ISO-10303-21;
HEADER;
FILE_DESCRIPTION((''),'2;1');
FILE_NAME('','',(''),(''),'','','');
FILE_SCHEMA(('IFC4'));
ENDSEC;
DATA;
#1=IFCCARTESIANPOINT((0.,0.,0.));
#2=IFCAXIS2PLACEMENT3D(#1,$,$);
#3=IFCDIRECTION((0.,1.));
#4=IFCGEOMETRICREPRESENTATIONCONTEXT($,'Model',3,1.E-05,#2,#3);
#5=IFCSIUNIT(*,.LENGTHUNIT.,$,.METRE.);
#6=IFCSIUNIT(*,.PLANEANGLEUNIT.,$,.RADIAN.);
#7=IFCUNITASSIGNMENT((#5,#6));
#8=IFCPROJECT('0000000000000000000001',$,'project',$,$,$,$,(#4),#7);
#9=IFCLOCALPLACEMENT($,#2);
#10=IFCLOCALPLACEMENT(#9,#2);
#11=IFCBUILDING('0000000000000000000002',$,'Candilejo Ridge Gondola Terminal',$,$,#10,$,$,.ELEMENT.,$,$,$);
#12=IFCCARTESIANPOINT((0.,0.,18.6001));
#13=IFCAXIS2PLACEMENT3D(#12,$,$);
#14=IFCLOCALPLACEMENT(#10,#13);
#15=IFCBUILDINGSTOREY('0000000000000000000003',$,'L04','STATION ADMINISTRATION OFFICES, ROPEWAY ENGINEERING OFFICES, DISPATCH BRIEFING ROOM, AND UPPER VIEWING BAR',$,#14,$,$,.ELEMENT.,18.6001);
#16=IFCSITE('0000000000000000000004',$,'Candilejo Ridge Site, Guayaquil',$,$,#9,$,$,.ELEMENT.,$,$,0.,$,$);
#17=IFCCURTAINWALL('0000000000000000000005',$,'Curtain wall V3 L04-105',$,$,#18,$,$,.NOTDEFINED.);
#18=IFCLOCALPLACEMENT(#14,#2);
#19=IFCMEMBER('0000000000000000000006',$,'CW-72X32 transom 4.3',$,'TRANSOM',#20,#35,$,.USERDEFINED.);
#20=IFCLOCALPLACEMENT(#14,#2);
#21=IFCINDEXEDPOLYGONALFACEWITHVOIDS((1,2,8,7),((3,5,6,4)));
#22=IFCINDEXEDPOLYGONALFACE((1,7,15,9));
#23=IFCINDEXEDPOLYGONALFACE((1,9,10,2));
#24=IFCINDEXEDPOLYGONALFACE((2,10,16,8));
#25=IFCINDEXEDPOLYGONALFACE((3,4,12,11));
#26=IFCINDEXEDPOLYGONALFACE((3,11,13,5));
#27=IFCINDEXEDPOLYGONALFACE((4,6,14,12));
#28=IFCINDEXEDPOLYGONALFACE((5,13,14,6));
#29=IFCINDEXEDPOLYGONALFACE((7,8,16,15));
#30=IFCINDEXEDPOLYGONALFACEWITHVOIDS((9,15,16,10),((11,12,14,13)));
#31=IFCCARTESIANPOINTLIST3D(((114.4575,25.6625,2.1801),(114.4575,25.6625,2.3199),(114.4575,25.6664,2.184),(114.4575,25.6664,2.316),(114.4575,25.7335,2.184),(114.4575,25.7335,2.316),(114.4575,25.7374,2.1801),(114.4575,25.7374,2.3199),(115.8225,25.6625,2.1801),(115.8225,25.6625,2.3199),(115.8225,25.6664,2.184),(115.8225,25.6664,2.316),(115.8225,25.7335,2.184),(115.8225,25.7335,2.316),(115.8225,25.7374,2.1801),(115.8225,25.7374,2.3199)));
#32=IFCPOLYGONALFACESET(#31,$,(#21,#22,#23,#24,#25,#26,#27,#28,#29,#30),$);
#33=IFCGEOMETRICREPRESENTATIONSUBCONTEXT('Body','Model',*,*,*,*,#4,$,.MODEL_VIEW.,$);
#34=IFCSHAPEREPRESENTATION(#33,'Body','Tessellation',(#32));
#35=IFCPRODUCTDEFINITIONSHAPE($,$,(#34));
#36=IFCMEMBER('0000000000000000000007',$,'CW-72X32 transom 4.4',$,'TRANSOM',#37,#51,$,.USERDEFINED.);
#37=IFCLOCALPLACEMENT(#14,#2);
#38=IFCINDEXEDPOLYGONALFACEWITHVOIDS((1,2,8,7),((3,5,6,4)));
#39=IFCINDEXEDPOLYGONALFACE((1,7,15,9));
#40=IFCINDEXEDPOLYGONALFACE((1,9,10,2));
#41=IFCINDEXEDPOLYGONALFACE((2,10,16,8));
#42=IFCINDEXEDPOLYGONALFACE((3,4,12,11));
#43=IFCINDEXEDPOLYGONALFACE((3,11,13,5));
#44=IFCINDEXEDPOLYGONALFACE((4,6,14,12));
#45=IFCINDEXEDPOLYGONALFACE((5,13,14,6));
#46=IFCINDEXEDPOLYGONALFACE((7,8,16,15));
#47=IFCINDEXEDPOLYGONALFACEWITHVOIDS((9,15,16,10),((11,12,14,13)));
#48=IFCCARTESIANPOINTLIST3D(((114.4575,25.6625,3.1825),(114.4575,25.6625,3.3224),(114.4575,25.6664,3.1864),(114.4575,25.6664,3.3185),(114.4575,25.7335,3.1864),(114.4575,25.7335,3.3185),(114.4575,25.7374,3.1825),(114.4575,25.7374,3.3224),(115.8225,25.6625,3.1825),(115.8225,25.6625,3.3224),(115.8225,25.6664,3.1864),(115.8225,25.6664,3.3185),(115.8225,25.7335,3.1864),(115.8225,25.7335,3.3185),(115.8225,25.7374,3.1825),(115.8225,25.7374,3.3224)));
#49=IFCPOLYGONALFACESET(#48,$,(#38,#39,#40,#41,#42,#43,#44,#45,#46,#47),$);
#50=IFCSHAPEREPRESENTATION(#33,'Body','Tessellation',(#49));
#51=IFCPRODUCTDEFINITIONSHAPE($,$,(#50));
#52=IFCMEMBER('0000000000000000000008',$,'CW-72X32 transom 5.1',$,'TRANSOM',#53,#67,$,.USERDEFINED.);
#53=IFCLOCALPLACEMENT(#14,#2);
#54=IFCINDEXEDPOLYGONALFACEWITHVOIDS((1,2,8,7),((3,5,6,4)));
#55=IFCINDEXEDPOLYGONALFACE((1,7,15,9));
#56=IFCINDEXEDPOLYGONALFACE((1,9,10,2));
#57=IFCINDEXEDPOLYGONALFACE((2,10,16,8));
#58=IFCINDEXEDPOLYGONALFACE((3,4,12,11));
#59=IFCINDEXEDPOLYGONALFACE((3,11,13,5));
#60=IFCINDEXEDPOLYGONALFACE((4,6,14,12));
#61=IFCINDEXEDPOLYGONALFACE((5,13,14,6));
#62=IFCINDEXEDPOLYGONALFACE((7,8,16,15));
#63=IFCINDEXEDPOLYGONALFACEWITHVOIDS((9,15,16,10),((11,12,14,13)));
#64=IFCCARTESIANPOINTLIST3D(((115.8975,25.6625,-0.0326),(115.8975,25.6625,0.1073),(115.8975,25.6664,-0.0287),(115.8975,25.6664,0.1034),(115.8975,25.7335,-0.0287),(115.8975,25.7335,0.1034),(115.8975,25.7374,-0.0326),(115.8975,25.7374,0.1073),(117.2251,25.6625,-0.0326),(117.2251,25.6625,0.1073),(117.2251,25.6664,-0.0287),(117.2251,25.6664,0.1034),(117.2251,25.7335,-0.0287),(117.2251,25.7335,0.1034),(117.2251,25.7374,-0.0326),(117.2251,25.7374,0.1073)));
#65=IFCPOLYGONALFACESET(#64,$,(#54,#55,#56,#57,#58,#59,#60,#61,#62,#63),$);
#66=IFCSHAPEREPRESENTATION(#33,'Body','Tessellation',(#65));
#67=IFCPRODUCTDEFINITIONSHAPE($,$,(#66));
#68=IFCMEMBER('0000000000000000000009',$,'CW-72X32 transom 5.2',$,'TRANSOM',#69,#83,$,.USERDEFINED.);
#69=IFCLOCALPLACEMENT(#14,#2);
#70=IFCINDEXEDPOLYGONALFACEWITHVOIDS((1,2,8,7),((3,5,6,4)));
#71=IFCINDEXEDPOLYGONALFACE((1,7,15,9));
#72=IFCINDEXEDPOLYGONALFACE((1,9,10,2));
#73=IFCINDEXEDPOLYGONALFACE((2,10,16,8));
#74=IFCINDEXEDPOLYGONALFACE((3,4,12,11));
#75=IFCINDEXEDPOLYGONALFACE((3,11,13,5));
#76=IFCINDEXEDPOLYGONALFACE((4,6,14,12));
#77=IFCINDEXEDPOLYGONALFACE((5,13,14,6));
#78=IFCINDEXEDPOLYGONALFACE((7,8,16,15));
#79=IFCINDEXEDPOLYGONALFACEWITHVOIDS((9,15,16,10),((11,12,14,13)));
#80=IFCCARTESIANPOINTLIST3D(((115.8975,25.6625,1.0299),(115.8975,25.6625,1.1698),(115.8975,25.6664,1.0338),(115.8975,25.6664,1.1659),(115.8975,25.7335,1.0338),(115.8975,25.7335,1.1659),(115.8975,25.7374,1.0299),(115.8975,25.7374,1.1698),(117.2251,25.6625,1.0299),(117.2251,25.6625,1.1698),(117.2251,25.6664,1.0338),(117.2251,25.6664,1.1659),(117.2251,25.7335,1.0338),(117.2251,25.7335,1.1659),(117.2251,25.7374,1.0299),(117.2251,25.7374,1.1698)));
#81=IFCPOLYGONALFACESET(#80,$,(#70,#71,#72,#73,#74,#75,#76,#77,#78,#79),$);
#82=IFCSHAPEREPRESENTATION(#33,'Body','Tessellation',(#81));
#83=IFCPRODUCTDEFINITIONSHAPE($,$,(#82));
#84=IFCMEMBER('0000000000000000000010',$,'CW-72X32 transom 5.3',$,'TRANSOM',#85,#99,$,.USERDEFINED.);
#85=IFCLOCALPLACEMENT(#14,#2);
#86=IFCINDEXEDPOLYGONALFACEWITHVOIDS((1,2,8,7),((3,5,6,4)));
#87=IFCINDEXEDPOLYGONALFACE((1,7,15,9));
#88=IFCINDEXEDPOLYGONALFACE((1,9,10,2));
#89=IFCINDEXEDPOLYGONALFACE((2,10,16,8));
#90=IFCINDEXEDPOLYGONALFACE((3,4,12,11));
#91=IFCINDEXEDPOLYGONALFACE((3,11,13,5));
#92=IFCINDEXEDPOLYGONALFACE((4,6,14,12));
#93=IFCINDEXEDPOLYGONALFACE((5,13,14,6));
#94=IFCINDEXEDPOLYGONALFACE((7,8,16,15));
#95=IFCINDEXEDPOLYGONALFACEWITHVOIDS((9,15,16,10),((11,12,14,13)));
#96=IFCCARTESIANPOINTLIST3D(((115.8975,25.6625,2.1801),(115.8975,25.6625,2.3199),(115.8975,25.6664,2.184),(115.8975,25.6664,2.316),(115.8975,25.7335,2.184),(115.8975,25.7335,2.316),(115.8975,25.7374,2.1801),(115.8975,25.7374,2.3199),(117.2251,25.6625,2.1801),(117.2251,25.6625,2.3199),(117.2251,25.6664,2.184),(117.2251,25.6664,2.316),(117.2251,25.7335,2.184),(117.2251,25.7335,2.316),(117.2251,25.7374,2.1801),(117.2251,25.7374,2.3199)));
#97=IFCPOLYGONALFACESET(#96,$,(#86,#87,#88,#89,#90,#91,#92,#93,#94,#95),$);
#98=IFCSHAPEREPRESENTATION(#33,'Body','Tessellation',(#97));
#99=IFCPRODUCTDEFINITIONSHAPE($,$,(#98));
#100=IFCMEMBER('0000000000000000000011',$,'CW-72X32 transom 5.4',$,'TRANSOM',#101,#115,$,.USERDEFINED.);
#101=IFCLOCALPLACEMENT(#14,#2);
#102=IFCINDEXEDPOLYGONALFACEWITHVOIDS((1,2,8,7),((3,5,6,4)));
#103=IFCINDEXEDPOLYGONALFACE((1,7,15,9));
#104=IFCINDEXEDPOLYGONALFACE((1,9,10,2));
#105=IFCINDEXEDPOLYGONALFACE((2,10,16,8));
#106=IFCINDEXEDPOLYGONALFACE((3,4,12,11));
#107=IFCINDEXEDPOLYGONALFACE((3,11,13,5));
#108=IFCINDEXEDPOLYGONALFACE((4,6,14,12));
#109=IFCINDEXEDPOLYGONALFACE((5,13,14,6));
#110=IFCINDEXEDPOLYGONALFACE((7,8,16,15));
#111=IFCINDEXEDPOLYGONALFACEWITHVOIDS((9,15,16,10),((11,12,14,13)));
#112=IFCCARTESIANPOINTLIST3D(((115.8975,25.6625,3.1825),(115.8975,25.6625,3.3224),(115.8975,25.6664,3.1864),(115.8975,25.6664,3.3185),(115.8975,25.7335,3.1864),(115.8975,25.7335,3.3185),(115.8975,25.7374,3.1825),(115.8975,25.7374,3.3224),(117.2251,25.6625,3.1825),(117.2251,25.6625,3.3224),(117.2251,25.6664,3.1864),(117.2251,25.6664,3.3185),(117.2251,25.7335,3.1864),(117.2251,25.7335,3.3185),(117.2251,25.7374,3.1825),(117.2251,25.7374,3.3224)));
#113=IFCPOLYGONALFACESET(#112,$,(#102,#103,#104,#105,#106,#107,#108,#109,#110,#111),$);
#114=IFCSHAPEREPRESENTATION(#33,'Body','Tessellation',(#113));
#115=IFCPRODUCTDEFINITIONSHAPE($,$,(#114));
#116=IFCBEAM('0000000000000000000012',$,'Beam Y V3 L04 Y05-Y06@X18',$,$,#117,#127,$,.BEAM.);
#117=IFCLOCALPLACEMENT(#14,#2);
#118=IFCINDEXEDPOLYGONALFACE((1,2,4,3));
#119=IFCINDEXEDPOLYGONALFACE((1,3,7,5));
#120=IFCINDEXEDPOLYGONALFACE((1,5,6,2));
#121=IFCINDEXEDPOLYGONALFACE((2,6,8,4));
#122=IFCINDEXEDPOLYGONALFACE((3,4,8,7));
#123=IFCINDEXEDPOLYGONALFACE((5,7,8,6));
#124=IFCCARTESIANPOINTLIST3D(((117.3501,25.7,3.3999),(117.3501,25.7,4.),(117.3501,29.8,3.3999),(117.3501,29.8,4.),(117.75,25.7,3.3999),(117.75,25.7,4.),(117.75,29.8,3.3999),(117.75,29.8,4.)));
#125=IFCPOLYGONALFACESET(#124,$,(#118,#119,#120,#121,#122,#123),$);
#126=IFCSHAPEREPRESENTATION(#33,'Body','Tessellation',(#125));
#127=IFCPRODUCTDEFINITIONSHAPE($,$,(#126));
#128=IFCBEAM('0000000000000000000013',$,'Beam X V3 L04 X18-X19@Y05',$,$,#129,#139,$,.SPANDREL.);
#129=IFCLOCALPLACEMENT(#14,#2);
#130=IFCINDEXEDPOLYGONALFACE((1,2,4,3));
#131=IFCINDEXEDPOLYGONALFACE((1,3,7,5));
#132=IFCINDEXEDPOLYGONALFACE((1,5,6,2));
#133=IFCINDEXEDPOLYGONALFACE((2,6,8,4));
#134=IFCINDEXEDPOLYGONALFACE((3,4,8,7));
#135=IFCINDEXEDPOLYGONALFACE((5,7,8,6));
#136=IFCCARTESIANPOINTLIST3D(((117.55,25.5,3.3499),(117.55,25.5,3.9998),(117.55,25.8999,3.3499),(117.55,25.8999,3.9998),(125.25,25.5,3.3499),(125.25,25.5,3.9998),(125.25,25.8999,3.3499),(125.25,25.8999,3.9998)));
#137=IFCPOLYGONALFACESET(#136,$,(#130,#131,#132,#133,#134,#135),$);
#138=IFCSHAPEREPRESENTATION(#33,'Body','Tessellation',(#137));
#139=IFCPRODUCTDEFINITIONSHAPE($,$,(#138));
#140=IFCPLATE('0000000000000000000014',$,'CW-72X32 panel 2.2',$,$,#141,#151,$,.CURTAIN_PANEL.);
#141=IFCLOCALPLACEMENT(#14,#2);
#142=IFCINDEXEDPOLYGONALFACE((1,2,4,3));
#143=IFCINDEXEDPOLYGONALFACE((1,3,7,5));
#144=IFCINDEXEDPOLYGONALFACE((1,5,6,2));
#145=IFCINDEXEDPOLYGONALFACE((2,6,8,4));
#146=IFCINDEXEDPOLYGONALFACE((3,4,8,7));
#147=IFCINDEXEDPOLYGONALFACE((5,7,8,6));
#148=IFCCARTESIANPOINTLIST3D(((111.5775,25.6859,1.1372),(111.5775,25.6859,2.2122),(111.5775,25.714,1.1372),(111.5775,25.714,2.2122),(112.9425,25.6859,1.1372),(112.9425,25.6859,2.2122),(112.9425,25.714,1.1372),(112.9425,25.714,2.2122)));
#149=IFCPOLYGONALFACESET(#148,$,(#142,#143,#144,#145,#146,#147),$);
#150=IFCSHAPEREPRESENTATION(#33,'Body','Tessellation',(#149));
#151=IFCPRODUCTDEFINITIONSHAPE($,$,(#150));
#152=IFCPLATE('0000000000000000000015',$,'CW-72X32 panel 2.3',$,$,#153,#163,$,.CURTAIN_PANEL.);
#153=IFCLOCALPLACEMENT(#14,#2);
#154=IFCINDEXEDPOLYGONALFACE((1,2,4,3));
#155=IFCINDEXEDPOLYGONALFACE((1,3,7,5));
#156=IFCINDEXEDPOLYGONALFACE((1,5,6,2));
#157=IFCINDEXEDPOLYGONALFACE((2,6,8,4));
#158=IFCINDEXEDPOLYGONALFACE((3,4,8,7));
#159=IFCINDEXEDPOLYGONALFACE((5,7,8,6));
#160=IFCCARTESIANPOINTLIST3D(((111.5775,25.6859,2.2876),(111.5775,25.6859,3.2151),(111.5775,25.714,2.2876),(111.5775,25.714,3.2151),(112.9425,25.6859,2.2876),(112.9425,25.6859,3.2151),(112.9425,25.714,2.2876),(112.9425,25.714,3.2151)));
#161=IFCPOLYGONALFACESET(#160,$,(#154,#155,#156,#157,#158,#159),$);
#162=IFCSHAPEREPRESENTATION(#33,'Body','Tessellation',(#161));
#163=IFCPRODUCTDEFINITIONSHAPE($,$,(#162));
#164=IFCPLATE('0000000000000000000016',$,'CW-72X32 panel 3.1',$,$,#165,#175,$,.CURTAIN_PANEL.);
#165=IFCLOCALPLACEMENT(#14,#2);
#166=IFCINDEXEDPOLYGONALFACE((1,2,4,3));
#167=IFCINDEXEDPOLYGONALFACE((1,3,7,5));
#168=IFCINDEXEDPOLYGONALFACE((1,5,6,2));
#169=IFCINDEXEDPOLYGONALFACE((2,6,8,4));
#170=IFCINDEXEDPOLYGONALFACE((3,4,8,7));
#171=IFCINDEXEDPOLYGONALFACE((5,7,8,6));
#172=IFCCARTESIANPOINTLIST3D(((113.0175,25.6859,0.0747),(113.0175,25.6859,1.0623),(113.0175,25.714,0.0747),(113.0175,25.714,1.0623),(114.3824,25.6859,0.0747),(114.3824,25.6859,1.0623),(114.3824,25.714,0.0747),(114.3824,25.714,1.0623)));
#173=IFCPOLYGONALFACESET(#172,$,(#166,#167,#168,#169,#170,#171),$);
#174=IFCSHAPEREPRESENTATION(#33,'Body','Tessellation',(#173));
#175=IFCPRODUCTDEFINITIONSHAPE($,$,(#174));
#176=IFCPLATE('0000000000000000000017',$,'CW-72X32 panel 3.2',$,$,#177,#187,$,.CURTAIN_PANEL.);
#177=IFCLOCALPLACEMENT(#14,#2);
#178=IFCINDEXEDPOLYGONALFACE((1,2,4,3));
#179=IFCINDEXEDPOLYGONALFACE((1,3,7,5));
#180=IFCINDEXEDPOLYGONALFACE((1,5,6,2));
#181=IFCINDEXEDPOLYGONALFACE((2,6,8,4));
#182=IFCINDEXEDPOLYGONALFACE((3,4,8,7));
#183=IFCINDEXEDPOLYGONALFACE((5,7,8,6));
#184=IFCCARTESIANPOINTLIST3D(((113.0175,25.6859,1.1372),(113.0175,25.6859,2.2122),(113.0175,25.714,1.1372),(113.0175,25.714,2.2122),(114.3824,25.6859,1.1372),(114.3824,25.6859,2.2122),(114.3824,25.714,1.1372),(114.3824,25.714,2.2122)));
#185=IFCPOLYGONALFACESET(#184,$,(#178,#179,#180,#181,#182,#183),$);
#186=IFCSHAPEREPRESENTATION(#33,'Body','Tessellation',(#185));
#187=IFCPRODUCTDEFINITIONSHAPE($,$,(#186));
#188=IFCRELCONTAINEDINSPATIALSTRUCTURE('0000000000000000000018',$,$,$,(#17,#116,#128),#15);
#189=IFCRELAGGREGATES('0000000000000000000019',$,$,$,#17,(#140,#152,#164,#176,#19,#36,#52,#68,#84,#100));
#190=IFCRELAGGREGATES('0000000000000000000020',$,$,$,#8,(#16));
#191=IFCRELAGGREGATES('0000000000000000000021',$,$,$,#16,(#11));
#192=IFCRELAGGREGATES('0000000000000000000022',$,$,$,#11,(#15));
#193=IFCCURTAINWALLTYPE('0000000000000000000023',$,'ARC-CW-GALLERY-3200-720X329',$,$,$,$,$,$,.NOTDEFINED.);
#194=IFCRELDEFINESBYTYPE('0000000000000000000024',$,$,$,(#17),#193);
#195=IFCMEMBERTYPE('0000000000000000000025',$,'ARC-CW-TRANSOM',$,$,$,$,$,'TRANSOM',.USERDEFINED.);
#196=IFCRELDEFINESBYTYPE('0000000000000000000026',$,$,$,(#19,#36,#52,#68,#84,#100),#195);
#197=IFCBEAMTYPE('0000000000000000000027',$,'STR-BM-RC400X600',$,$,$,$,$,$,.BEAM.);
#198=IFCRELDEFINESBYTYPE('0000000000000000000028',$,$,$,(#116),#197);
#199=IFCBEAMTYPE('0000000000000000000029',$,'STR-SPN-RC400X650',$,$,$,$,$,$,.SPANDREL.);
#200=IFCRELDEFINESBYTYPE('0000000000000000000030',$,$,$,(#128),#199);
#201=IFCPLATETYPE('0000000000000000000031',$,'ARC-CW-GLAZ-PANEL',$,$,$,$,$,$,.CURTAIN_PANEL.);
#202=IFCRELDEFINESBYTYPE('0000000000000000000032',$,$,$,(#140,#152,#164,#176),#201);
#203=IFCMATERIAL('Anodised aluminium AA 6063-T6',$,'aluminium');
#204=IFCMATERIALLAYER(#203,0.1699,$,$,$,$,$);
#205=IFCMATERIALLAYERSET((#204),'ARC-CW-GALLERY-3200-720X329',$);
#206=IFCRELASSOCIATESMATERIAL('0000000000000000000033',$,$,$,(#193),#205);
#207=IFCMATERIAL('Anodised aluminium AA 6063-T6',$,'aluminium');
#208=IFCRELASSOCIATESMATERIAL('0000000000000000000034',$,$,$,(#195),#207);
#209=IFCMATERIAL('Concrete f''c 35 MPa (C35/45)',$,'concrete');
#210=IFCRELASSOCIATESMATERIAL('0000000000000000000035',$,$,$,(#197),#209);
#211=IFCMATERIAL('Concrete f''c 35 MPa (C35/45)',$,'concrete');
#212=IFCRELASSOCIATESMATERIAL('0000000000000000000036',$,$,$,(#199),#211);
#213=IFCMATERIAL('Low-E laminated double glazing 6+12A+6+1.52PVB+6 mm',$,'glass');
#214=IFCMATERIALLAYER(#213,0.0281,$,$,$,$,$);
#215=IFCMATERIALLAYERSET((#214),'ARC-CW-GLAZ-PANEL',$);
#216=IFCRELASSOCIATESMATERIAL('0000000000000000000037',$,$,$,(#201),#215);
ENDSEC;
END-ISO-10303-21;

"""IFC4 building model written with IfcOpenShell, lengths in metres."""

from ifc_helpers import new_model, si_unit, direction, frame, origin, origin_2d, place, context, subcontext, project, spatial, rectangle, hollow_rectangle, extrude, material, layer, layer_set, material_profile, profile_set, type_object, element, aggregate, save


model = new_model("IFC4")

# Units and contexts
model_context = context("Model", 3, precision=1e-05, world=origin(), true_north=direction((0.0, 1.0)))
body_context = subcontext(model_context, "Body", "Model", "MODEL_VIEW")
ifc_project = project(units=[si_unit("LENGTHUNIT", "METRE"), si_unit("PLANEANGLEUNIT", "RADIAN")], contexts=[model_context])

# Site, building, storey
site_placement = place(None, origin())
site = spatial("IfcSite", under=ifc_project, at=site_placement, Name="Candilejo Ridge Site, Guayaquil", CompositionType="ELEMENT", RefElevation=0.0)
building_placement = place(site_placement, origin())
building = spatial("IfcBuilding", under=site, at=building_placement, Name="Candilejo Ridge Gondola Terminal", CompositionType="ELEMENT")
storey_placement = place(building_placement, frame((0.0, 0.0, 18.6001)))
storey = spatial("IfcBuildingStorey", under=building, at=storey_placement, Name="L04", Description="STATION ADMINISTRATION OFFICES, ROPEWAY ENGINEERING OFFICES, DISPATCH BRIEFING ROOM, AND UPPER VIEWING BAR", CompositionType="ELEMENT", Elevation=18.6001)

# Curtain wall, members
ifc_material_1 = material(Name="Anodised aluminium AA 6063-T6", Category="aluminium")
ifc_layer_1 = layer(ifc_material_1, 0.1699)
ifc_layer_set_1 = layer_set([ifc_layer_1], Name="ARC-CW-GALLERY-3200-720X329")
curtain_wall_type = type_object("IfcCurtainWallType", Name="ARC-CW-GALLERY-3200-720X329", PredefinedType="NOTDEFINED", material=ifc_layer_set_1)
curtain_wall_placement = place(storey_placement, origin())
curtain_wall = element("IfcCurtainWall", 1, at=curtain_wall_placement, inside=storey, type_object=curtain_wall_type, Name="Curtain wall V3 L04-105", PredefinedType="NOTDEFINED")
ifc_material_2 = material(Name="Anodised aluminium AA 6063-T6", Category="aluminium")
ifc_material_profile_1 = material_profile(ifc_material_2, hollow_rectangle(XDim=0.075, YDim=0.1399, WallThickness=0.0039, at=origin_2d()))
ifc_profile_set_1 = profile_set([ifc_material_profile_1], Name="Anodised aluminium AA 6063-T6")
member_type_1 = type_object("IfcMemberType", Name="ARC-CW-TRANSOM", ElementType="TRANSOM", PredefinedType="USERDEFINED", material=ifc_profile_set_1)
member_1_placement = place(storey_placement, frame((114.4575, 25.7, 2.25), z_axis=(1.0, 0.0, 0.0), x_axis=(0.0, 1.0, 0.0)))
member_1 = element("IfcMember", 2, at=member_1_placement, type_object=member_type_1, Name="CW-72X32 transom 4.3", ObjectType="TRANSOM", PredefinedType="USERDEFINED", context=body_context, shape_type="SweptSolid", body=[
    extrude(hollow_rectangle(XDim=0.075, YDim=0.1399, WallThickness=0.0039, at=origin_2d()), origin(), (0.0, 0.0, 1.0), 1.365),
])
member_2_placement = place(storey_placement, frame((114.4575, 25.7, 3.2524), z_axis=(1.0, 0.0, 0.0), x_axis=(0.0, 1.0, 0.0)))
member_2 = element("IfcMember", 3, at=member_2_placement, type_object=member_type_1, Name="CW-72X32 transom 4.4", ObjectType="TRANSOM", PredefinedType="USERDEFINED", context=body_context, shape_type="SweptSolid", body=[
    extrude(hollow_rectangle(XDim=0.075, YDim=0.1399, WallThickness=0.0039, at=origin_2d()), origin(), (0.0, 0.0, 1.0), 1.365),
])
member_3_placement = place(storey_placement, frame((115.8975, 25.7, 0.0374), z_axis=(1.0, 0.0, 0.0), x_axis=(0.0, 1.0, 0.0)))
member_3 = element("IfcMember", 4, at=member_3_placement, type_object=member_type_1, Name="CW-72X32 transom 5.1", ObjectType="TRANSOM", PredefinedType="USERDEFINED", context=body_context, shape_type="SweptSolid", body=[
    extrude(hollow_rectangle(XDim=0.075, YDim=0.1399, WallThickness=0.0039, at=origin_2d()), origin(), (0.0, 0.0, 1.0), 1.3276),
])
member_4_placement = place(storey_placement, frame((115.8975, 25.7, 1.0999), z_axis=(1.0, 0.0, 0.0), x_axis=(0.0, 1.0, 0.0)))
member_4 = element("IfcMember", 5, at=member_4_placement, type_object=member_type_1, Name="CW-72X32 transom 5.2", ObjectType="TRANSOM", PredefinedType="USERDEFINED", context=body_context, shape_type="SweptSolid", body=[
    extrude(hollow_rectangle(XDim=0.075, YDim=0.1399, WallThickness=0.0039, at=origin_2d()), origin(), (0.0, 0.0, 1.0), 1.3276),
])
member_5_placement = place(storey_placement, frame((115.8975, 25.7, 2.25), z_axis=(1.0, 0.0, 0.0), x_axis=(0.0, 1.0, 0.0)))
member_5 = element("IfcMember", 6, at=member_5_placement, type_object=member_type_1, Name="CW-72X32 transom 5.3", ObjectType="TRANSOM", PredefinedType="USERDEFINED", context=body_context, shape_type="SweptSolid", body=[
    extrude(hollow_rectangle(XDim=0.075, YDim=0.1399, WallThickness=0.0039, at=origin_2d()), origin(), (0.0, 0.0, 1.0), 1.3276),
])
member_6_placement = place(storey_placement, frame((115.8975, 25.7, 3.2524), z_axis=(1.0, 0.0, 0.0), x_axis=(0.0, 1.0, 0.0)))
member_6 = element("IfcMember", 7, at=member_6_placement, type_object=member_type_1, Name="CW-72X32 transom 5.4", ObjectType="TRANSOM", PredefinedType="USERDEFINED", context=body_context, shape_type="SweptSolid", body=[
    extrude(hollow_rectangle(XDim=0.075, YDim=0.1399, WallThickness=0.0039, at=origin_2d()), origin(), (0.0, 0.0, 1.0), 1.3276),
])

# Beams
ifc_material_3 = material(Name="Concrete f'c 35 MPa (C35/45)", Category="concrete")
ifc_material_profile_2 = material_profile(ifc_material_3, rectangle(XDim=0.3999, YDim=0.6001, at=origin_2d()))
ifc_profile_set_2 = profile_set([ifc_material_profile_2], Name="Concrete f'c 35 MPa (C35/45)")
beam_type_1 = type_object("IfcBeamType", Name="STR-BM-RC400X600", PredefinedType="BEAM", material=ifc_profile_set_2)
beam_1_placement = place(storey_placement, frame((117.55, 25.7, 3.7), z_axis=(0.0, 1.0, 0.0), x_axis=(-1.0, 0.0, 0.0)))
element("IfcBeam", 8, at=beam_1_placement, inside=storey, type_object=beam_type_1, Name="Beam Y V3 L04 Y05-Y06@X18", PredefinedType="BEAM", context=body_context, shape_type="SweptSolid", body=[
    extrude(rectangle(XDim=0.3999, YDim=0.6001, at=origin_2d()), origin(), (0.0, 0.0, 1.0), 4.1001),
])
ifc_material_4 = material(Name="Concrete f'c 35 MPa (C35/45)", Category="concrete")
ifc_material_profile_3 = material_profile(ifc_material_4, rectangle(XDim=0.3999, YDim=0.6499, at=origin_2d()))
ifc_profile_set_3 = profile_set([ifc_material_profile_3], Name="Concrete f'c 35 MPa (C35/45)")
beam_type_2 = type_object("IfcBeamType", Name="STR-SPN-RC400X650", PredefinedType="SPANDREL", material=ifc_profile_set_3)
beam_2_placement = place(storey_placement, frame((117.55, 25.7, 3.6748), z_axis=(1.0, 0.0, 0.0), x_axis=(0.0, 1.0, 0.0)))
element("IfcBeam", 9, at=beam_2_placement, inside=storey, type_object=beam_type_2, Name="Beam X V3 L04 X18-X19@Y05", PredefinedType="SPANDREL", context=body_context, shape_type="SweptSolid", body=[
    extrude(rectangle(XDim=0.3999, YDim=0.6499, at=origin_2d()), origin(), (0.0, 0.0, 1.0), 7.7),
])

# Plates
ifc_material_5 = material(Name="Low-E laminated double glazing 6+12A+6+1.52PVB+6 mm", Category="glass")
ifc_layer_2 = layer(ifc_material_5, 0.0281)
ifc_layer_set_2 = layer_set([ifc_layer_2], Name="ARC-CW-GLAZ-PANEL")
plate_type = type_object("IfcPlateType", Name="ARC-CW-GLAZ-PANEL", PredefinedType="CURTAIN_PANEL", material=ifc_layer_set_2)
plate_1_placement = place(storey_placement, frame((112.26, 25.7, 1.1372), z_axis=(0.0, 0.0, 1.0), x_axis=(1.0, 0.0, 0.0)))
plate_1 = element("IfcPlate", 10, at=plate_1_placement, type_object=plate_type, Name="CW-72X32 panel 2.2", PredefinedType="CURTAIN_PANEL", context=body_context, shape_type="SweptSolid", body=[
    extrude(rectangle(XDim=1.365, YDim=0.0281, at=origin_2d()), origin(), (0.0, 0.0, 1.0), 1.075),
])
plate_2_placement = place(storey_placement, frame((112.26, 25.7, 2.2876), z_axis=(0.0, 0.0, 1.0), x_axis=(1.0, 0.0, 0.0)))
plate_2 = element("IfcPlate", 11, at=plate_2_placement, type_object=plate_type, Name="CW-72X32 panel 2.3", PredefinedType="CURTAIN_PANEL", context=body_context, shape_type="SweptSolid", body=[
    extrude(rectangle(XDim=1.365, YDim=0.0281, at=origin_2d()), origin(), (0.0, 0.0, 1.0), 0.9275),
])
plate_3_placement = place(storey_placement, frame((113.7, 25.7, 0.0747), z_axis=(0.0, 0.0, 1.0), x_axis=(1.0, 0.0, 0.0)))
plate_3 = element("IfcPlate", 12, at=plate_3_placement, type_object=plate_type, Name="CW-72X32 panel 3.1", PredefinedType="CURTAIN_PANEL", context=body_context, shape_type="SweptSolid", body=[
    extrude(rectangle(XDim=1.365, YDim=0.0281, at=origin_2d()), origin(), (0.0, 0.0, 1.0), 0.9875),
])
plate_4_placement = place(storey_placement, frame((113.7, 25.7, 1.1372), z_axis=(0.0, 0.0, 1.0), x_axis=(1.0, 0.0, 0.0)))
plate_4 = element("IfcPlate", 13, at=plate_4_placement, type_object=plate_type, Name="CW-72X32 panel 3.2", PredefinedType="CURTAIN_PANEL", context=body_context, shape_type="SweptSolid", body=[
    extrude(rectangle(XDim=1.365, YDim=0.0281, at=origin_2d()), origin(), (0.0, 0.0, 1.0), 1.075),
])
aggregate(curtain_wall, [plate_1, plate_2, plate_3, plate_4, member_1, member_2, member_3, member_4, member_5, member_6])

save(model, "model.ifc")
